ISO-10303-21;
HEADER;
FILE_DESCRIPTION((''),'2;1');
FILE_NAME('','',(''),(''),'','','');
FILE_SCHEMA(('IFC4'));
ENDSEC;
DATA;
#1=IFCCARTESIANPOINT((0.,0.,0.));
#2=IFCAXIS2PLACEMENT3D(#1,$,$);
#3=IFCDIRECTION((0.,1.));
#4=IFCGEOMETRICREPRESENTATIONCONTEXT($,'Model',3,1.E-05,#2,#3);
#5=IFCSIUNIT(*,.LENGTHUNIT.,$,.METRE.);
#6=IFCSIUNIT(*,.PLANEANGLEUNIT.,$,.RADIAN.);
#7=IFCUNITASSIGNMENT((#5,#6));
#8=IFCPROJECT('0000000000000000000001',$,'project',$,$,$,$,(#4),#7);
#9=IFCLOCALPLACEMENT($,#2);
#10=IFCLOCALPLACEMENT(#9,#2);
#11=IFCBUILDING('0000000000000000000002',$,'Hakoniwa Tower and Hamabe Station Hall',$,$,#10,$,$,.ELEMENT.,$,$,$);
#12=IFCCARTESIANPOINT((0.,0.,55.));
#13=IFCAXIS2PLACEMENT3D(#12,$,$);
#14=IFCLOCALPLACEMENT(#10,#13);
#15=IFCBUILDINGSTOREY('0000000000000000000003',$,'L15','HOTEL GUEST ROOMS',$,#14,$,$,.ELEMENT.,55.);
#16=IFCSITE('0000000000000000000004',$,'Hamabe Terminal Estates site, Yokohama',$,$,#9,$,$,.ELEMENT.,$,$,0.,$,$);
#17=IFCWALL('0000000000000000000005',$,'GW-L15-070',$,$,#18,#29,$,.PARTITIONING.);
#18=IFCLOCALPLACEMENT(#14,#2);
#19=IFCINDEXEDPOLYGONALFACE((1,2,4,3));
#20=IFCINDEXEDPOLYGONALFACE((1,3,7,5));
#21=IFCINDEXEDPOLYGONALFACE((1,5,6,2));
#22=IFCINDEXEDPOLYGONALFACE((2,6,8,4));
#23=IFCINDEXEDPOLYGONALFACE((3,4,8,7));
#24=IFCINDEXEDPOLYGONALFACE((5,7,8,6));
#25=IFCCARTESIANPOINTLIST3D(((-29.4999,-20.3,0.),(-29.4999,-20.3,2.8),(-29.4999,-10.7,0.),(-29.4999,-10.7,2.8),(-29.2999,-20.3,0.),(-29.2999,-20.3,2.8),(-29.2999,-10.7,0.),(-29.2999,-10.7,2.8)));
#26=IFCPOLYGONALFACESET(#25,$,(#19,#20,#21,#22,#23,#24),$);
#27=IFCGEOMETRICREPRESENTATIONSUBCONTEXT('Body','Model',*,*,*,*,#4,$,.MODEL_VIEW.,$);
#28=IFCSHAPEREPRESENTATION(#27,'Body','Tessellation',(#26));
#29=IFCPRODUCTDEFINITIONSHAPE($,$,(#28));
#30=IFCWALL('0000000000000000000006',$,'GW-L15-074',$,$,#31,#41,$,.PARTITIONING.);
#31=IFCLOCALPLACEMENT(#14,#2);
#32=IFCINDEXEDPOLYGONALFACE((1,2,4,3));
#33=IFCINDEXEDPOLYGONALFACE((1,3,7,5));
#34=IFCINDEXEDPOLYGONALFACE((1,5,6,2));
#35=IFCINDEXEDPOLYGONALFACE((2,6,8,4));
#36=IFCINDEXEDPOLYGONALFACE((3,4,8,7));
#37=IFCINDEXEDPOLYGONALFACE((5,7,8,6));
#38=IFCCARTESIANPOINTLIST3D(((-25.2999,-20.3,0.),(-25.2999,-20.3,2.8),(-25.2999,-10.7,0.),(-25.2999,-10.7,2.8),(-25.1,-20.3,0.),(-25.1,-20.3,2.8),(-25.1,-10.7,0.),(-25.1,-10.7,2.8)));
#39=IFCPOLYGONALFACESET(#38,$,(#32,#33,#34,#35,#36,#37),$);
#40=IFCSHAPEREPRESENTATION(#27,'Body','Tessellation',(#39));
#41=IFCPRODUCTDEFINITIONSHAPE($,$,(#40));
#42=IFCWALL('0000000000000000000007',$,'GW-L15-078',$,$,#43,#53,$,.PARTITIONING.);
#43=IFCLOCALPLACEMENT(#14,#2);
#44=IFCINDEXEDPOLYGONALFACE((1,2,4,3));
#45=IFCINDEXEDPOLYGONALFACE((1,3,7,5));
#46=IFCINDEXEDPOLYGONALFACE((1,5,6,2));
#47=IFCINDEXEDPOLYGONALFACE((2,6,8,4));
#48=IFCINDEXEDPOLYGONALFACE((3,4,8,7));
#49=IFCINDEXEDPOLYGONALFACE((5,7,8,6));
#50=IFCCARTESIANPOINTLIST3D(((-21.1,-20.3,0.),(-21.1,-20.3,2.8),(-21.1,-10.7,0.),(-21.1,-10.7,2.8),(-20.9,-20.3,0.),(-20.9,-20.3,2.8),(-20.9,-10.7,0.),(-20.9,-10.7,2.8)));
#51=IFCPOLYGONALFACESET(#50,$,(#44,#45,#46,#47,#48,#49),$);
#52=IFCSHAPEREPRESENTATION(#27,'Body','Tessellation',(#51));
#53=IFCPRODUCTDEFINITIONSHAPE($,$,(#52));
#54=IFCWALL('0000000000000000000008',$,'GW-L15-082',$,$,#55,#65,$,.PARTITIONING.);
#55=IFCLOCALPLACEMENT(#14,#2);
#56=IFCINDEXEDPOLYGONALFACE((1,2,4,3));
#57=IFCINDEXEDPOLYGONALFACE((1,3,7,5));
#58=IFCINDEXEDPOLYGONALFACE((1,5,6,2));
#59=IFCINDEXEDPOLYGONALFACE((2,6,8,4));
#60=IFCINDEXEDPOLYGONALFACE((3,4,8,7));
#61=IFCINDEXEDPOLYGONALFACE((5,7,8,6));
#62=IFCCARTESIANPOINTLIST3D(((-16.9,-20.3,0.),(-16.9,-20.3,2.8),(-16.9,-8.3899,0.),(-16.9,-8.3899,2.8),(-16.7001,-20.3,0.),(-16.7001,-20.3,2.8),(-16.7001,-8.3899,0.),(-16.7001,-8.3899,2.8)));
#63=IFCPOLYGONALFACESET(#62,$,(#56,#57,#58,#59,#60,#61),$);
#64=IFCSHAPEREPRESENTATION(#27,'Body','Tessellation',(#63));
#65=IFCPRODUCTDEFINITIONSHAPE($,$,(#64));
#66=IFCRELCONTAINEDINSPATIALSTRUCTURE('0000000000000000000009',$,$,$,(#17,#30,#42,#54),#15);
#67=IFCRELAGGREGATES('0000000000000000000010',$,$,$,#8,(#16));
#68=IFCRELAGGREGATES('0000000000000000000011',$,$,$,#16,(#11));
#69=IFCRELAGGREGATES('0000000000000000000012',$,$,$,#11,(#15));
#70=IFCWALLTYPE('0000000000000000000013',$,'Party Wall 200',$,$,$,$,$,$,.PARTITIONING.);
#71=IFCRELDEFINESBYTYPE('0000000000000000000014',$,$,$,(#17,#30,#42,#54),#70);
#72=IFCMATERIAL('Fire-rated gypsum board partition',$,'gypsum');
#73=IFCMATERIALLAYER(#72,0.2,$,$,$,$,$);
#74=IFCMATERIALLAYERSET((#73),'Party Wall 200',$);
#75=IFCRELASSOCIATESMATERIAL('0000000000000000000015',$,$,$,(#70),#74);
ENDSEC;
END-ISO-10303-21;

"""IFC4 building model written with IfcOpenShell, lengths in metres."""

from ifc_helpers import new_model, si_unit, direction, frame, frame_2d, origin, place, context, subcontext, project, spatial, rectangle, extrude, material, layer, layer_set, type_object, element, save


model = new_model("IFC4")

# Units and contexts
model_context = context("Model", 3, precision=1e-05, world=origin(), true_north=direction((0.0, 1.0)))
body_context = subcontext(model_context, "Body", "Model", "MODEL_VIEW")
ifc_project = project(units=[si_unit("LENGTHUNIT", "METRE"), si_unit("PLANEANGLEUNIT", "RADIAN")], contexts=[model_context])

# Site, building, storey
site_placement = place(None, origin())
site = spatial("IfcSite", under=ifc_project, at=site_placement, Name="Hamabe Terminal Estates site, Yokohama", CompositionType="ELEMENT", RefElevation=0.0)
building_placement = place(site_placement, origin())
building = spatial("IfcBuilding", under=site, at=building_placement, Name="Hakoniwa Tower and Hamabe Station Hall", CompositionType="ELEMENT")
storey_placement = place(building_placement, frame((0.0, 0.0, 55.0)))
storey = spatial("IfcBuildingStorey", under=building, at=storey_placement, Name="L15", Description="HOTEL GUEST ROOMS", CompositionType="ELEMENT", Elevation=55.0)

# Walls
ifc_material_1 = material(Name="Fire-rated gypsum board partition", Category="gypsum")
ifc_layer_1 = layer(ifc_material_1, 0.2)
ifc_layer_set_1 = layer_set([ifc_layer_1], Name="Party Wall 200")
wall_type_1 = type_object("IfcWallType", Name="Party Wall 200", PredefinedType="PARTITIONING", material=ifc_layer_set_1)
for number, where, z_axis, x_axis, name in (
    (1, (-29.3999, -20.3, 0.0), (0.0, 0.0, 1.0), (0.0, 1.0, 0.0), "GW-L15-070"),
    (2, (-25.2, -20.3, 0.0), (0.0, 0.0, 1.0), (0.0, 1.0, 0.0), "GW-L15-074"),
    (3, (-21.0, -20.3, 0.0), (0.0, 0.0, 1.0), (0.0, 1.0, 0.0), "GW-L15-078"),
):
    element("IfcWall", number, at=place(storey_placement, frame(where, z_axis=z_axis, x_axis=x_axis)), inside=storey, type_object=wall_type_1, Name=name, PredefinedType="PARTITIONING", context=body_context, shape_type="SweptSolid", body=[
        extrude(rectangle(XDim=9.6001, YDim=0.2, at=frame_2d((4.8, 0.0))), origin(), (0.0, 0.0, 1.0), 2.8),
    ])
wall_1_placement = place(storey_placement, frame((-16.8, -20.3, 0.0), z_axis=(0.0, 0.0, 1.0), x_axis=(0.0, 1.0, 0.0)))
element("IfcWall", 4, at=wall_1_placement, inside=storey, type_object=wall_type_1, Name="GW-L15-082", PredefinedType="PARTITIONING", context=body_context, shape_type="SweptSolid", body=[
    extrude(rectangle(XDim=11.9102, YDim=0.2, at=frame_2d((5.9551, 0.0))), origin(), (0.0, 0.0, 1.0), 2.8),
])

save(model, "model.ifc")
